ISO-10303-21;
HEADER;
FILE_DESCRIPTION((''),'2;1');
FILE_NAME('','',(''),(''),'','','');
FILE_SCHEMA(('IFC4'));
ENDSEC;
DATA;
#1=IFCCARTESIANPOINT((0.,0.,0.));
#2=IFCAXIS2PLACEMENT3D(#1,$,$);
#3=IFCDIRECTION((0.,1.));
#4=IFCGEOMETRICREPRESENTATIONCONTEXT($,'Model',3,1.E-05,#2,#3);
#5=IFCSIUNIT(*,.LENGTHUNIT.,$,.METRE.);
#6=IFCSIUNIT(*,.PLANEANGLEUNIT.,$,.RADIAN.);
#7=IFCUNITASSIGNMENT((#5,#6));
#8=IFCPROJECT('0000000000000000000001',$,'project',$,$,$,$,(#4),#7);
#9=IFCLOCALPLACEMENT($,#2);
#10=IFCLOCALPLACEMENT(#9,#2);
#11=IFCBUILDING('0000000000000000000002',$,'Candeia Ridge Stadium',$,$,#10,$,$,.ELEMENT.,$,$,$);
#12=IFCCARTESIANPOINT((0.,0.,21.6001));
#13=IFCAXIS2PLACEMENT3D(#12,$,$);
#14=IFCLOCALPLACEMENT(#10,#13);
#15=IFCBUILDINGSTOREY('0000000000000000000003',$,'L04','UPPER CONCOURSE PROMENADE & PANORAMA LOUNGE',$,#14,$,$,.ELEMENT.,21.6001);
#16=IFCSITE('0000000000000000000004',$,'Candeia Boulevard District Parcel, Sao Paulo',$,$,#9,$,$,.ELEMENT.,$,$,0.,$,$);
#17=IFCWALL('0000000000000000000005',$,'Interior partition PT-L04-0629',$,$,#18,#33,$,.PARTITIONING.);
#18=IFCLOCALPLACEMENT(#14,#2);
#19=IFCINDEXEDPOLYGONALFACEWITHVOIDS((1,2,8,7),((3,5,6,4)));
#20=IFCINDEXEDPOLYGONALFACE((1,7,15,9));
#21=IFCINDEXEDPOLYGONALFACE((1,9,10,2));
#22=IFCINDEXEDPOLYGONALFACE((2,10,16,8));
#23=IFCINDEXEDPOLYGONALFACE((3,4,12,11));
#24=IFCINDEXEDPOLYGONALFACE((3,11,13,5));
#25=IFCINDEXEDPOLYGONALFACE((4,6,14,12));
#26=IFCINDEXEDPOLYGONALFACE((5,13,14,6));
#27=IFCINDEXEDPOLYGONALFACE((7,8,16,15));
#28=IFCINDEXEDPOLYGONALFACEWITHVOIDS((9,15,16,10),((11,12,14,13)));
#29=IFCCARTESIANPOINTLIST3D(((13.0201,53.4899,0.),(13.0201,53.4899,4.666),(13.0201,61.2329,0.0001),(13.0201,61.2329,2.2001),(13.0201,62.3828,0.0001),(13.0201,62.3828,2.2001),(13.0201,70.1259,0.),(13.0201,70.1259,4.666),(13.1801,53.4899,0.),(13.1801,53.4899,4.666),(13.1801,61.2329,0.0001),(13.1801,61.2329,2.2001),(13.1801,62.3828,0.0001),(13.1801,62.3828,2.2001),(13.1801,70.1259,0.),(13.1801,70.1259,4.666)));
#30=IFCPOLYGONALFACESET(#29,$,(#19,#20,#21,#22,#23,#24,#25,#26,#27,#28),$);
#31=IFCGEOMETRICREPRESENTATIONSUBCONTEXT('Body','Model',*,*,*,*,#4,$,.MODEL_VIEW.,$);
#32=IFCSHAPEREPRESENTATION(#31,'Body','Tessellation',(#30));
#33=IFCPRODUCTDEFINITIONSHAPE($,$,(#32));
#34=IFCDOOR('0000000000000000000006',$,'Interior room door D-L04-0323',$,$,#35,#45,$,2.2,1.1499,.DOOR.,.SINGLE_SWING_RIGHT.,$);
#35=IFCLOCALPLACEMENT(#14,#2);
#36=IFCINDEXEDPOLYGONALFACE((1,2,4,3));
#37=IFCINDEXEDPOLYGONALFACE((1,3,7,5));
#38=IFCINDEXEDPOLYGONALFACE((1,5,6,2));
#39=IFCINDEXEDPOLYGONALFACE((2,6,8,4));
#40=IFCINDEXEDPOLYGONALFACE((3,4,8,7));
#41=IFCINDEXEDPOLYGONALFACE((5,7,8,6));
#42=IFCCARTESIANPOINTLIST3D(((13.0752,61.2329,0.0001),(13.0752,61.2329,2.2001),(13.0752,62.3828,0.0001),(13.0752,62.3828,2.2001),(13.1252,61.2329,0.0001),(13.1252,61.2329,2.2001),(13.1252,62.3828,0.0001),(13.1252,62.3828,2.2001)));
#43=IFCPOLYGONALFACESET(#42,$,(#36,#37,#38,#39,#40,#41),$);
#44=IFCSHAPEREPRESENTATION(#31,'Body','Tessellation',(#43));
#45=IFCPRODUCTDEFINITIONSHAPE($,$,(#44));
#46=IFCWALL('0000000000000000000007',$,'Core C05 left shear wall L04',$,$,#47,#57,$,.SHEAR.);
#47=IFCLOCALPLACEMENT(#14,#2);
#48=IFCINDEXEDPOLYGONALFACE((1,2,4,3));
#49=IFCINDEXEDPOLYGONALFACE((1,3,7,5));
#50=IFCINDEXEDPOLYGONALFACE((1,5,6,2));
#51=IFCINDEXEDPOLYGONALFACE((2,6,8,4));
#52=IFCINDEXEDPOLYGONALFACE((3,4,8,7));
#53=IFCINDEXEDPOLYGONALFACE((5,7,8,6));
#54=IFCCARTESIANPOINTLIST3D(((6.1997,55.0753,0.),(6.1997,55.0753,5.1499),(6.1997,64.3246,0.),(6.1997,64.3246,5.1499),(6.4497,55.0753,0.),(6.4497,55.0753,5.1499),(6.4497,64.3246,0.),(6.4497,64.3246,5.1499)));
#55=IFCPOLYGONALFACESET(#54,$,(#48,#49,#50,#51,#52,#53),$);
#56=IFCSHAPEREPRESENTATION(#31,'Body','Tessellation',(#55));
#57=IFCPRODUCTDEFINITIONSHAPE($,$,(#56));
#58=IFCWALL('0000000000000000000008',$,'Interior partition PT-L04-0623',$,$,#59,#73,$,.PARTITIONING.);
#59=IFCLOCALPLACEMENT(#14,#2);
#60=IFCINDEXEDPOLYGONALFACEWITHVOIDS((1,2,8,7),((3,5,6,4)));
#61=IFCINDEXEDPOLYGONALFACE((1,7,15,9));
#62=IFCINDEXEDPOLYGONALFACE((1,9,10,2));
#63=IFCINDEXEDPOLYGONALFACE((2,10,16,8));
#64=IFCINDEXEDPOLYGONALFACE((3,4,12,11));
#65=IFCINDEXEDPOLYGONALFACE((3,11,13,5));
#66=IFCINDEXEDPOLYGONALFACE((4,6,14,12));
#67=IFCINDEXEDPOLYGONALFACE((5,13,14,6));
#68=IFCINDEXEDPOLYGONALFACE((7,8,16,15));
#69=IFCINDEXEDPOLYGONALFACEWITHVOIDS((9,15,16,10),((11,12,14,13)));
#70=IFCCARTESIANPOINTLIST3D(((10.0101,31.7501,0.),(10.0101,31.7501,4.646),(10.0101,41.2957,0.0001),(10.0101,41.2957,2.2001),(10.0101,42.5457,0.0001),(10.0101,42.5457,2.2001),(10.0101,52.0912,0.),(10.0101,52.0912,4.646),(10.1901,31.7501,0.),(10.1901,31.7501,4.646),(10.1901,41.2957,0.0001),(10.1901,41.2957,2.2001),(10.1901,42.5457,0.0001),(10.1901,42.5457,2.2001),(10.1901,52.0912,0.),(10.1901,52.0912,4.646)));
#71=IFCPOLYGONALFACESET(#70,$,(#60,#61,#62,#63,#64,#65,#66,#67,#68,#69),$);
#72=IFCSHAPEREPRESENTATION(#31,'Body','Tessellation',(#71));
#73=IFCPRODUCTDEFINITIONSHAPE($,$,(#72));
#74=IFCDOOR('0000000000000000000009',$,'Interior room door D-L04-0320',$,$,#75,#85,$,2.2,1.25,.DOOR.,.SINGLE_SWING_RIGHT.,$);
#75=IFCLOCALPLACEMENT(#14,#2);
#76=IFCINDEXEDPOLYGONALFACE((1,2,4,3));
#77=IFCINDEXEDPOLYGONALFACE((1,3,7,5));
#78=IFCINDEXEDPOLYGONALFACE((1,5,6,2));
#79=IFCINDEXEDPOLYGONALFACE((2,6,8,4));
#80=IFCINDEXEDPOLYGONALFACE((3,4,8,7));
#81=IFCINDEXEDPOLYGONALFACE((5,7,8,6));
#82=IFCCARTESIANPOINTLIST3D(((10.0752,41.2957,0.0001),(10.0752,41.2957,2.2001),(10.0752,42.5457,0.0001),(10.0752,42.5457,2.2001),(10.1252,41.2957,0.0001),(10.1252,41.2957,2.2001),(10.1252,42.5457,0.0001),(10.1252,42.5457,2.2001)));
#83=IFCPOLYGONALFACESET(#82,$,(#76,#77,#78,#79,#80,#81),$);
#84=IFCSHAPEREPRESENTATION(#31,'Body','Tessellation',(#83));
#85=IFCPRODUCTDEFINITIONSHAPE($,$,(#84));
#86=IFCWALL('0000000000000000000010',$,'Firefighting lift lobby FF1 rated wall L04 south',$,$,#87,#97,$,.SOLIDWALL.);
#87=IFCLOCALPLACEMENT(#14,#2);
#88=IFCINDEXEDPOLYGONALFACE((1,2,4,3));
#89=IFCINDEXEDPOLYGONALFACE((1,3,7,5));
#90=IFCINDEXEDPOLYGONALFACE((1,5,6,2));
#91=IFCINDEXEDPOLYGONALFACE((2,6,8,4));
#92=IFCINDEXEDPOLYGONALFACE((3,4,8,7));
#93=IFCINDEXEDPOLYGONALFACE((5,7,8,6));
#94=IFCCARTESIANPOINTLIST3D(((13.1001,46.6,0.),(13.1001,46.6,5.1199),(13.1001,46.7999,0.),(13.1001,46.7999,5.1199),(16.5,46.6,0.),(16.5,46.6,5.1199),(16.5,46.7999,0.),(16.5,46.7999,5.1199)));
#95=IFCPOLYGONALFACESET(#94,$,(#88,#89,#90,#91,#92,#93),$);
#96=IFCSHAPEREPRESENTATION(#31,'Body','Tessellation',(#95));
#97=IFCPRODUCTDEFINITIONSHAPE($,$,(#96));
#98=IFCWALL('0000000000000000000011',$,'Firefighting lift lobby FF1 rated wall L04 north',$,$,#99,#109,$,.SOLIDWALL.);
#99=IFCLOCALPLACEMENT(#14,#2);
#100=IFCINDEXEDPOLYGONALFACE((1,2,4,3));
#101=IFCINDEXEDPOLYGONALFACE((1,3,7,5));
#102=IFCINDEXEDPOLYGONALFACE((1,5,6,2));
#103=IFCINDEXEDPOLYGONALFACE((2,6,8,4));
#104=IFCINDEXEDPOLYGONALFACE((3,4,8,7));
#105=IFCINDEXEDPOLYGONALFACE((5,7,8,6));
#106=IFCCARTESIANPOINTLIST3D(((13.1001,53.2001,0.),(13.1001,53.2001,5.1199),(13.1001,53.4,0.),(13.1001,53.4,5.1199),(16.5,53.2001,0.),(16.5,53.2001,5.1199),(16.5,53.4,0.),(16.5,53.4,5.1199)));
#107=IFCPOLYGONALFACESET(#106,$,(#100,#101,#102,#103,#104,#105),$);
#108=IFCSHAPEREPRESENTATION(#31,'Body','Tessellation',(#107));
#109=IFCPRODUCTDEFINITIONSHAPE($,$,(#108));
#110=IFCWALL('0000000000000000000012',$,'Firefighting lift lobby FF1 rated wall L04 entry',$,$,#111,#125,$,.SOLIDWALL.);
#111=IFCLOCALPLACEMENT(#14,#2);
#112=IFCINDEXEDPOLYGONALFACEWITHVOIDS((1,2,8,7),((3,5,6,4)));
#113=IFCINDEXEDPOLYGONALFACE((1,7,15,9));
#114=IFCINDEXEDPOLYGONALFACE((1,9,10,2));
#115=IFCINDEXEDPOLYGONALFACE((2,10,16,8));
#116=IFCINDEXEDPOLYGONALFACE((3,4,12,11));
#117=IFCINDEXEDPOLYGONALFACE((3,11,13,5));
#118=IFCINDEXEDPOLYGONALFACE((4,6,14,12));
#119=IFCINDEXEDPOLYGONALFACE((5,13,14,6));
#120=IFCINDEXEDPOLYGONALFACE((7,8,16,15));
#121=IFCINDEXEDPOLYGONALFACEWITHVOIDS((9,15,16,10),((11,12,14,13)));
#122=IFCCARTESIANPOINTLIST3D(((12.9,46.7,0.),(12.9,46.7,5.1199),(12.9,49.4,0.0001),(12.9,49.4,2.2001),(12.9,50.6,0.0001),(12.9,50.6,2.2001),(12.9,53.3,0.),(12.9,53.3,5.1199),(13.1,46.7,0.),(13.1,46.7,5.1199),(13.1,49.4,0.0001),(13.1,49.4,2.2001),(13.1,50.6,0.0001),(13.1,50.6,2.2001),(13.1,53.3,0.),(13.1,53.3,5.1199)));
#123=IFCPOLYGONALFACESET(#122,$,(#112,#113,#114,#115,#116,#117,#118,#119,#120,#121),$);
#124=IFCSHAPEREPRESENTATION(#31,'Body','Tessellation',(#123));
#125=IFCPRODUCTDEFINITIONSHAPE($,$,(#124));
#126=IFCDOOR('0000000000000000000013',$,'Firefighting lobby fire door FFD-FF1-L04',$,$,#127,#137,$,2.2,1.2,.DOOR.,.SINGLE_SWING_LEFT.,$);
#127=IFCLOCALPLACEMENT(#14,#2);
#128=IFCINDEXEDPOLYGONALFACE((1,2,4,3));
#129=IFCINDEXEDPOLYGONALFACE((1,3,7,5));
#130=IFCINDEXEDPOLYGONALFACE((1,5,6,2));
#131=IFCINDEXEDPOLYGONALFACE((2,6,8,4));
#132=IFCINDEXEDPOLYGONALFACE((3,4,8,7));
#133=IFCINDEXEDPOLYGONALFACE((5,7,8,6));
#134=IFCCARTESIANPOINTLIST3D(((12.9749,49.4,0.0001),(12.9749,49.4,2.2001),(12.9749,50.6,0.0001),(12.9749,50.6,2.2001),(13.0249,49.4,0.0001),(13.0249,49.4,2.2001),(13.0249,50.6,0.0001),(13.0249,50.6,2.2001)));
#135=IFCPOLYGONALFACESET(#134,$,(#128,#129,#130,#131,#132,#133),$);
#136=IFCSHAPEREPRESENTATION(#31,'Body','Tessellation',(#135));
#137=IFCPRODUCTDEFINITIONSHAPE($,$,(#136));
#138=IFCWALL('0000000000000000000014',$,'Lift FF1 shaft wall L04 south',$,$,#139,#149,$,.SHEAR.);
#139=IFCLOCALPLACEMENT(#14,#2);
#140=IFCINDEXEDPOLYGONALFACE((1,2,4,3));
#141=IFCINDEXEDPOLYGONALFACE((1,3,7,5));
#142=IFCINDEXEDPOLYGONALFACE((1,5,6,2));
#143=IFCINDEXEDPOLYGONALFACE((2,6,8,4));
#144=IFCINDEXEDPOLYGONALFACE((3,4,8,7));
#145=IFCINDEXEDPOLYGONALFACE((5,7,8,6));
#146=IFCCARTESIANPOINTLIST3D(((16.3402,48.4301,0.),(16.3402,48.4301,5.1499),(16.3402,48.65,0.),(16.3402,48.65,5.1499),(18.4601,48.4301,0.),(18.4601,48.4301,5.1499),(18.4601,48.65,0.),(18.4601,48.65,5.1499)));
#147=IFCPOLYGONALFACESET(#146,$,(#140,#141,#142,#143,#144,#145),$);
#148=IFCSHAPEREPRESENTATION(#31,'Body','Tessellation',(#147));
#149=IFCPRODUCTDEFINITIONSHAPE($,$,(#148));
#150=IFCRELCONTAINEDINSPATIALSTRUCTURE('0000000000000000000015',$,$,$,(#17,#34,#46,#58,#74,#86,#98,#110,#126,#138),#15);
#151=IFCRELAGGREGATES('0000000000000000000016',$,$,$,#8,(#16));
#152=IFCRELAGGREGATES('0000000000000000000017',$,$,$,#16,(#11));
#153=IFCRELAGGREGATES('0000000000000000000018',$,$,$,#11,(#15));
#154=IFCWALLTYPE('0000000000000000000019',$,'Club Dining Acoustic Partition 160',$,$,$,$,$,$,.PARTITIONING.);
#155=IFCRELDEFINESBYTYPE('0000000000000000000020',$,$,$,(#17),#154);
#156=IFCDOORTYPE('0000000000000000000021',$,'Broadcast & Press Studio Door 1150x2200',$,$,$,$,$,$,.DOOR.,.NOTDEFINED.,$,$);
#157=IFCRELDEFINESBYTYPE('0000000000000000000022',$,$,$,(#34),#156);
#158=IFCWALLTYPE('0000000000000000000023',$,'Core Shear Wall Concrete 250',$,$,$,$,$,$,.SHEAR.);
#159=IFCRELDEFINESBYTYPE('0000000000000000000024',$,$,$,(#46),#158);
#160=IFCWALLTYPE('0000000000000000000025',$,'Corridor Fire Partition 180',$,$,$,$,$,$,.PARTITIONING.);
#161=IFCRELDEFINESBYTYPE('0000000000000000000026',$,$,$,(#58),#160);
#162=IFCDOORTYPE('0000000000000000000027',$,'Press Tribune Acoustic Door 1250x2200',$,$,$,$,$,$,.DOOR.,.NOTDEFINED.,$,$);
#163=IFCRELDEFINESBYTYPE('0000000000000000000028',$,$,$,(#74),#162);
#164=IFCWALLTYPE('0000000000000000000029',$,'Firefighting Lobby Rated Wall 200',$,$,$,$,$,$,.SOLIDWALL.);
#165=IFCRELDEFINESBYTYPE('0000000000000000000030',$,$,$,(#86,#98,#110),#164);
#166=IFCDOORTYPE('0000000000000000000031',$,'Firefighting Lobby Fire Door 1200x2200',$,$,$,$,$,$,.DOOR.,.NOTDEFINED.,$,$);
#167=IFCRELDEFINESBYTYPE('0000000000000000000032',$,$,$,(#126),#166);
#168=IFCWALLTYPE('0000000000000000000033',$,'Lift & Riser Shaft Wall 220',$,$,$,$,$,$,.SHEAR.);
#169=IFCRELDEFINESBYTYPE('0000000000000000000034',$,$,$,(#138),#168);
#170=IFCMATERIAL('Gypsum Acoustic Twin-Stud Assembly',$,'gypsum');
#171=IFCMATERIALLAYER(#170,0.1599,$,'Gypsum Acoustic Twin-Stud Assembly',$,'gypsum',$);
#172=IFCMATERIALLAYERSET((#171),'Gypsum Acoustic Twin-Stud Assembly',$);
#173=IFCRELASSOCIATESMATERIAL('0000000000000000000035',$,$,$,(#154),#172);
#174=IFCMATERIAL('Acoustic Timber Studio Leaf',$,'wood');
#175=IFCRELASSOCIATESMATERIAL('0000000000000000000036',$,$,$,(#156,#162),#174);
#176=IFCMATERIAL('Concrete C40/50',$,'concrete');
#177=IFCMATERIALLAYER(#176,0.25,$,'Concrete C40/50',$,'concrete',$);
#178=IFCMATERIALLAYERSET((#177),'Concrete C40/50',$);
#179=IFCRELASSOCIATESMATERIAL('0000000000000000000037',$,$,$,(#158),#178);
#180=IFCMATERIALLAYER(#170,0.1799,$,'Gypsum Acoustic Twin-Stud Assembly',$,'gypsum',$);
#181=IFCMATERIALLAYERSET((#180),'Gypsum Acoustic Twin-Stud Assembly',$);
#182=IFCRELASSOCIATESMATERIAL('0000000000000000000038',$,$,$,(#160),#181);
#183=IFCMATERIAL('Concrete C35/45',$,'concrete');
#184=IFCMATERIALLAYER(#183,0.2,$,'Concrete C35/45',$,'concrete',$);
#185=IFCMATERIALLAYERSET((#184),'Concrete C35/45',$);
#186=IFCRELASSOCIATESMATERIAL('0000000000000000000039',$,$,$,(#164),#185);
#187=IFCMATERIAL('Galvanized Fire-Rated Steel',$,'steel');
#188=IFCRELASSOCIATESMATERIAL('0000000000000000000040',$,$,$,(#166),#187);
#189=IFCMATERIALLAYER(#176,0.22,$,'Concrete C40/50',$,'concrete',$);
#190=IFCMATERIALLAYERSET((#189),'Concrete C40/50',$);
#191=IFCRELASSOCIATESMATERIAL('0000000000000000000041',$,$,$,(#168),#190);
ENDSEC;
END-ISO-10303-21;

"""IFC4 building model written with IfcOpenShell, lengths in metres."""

from ifc_helpers import new_model, si_unit, direction, frame, frame_2d, origin, place, context, subcontext, project, spatial, rectangle, extrude, material, layer, layer_set, type_object, element, fill, save


model = new_model("IFC4")

# Units and contexts
model_context = context("Model", 3, precision=1e-05, world=origin(), true_north=direction((0.0, 1.0)))
body_context = subcontext(model_context, "Body", "Model", "MODEL_VIEW")
ifc_project = project(units=[si_unit("LENGTHUNIT", "METRE"), si_unit("PLANEANGLEUNIT", "RADIAN")], contexts=[model_context])

# Site, building, storey
site_placement = place(None, origin())
site = spatial("IfcSite", under=ifc_project, at=site_placement, Name="Candeia Boulevard District Parcel, Sao Paulo", CompositionType="ELEMENT", RefElevation=0.0)
building_placement = place(site_placement, origin())
building = spatial("IfcBuilding", under=site, at=building_placement, Name="Candeia Ridge Stadium", CompositionType="ELEMENT")
storey_placement = place(building_placement, frame((0.0, 0.0, 21.6001)))
storey = spatial("IfcBuildingStorey", under=building, at=storey_placement, Name="L04", Description="UPPER CONCOURSE PROMENADE & PANORAMA LOUNGE", CompositionType="ELEMENT", Elevation=21.6001)

# Shared definitions
ifc_material_1 = material(Name="Concrete C40/50", Category="concrete")

# Wall, opening, door
ifc_material_2 = material(Name="Gypsum Acoustic Twin-Stud Assembly", Category="gypsum")
ifc_layer_1 = layer(ifc_material_2, 0.1599, Name="Gypsum Acoustic Twin-Stud Assembly", Category="gypsum")
ifc_layer_set_1 = layer_set([ifc_layer_1], Name="Gypsum Acoustic Twin-Stud Assembly")
wall_type_1 = type_object("IfcWallType", Name="Club Dining Acoustic Partition 160", PredefinedType="PARTITIONING", material=ifc_layer_set_1)
wall_1_placement = place(storey_placement, frame((13.1001, 53.49, 0.0), z_axis=(0.0, 0.0, 1.0), x_axis=(0.0, 1.0, 0.0)))
wall_1 = element("IfcWall", 1, at=wall_1_placement, inside=storey, type_object=wall_type_1, Name="Interior partition PT-L04-0629", PredefinedType="PARTITIONING", context=body_context, shape_type="SweptSolid", body=[
    extrude(rectangle(XDim=16.636, YDim=0.1599, at=frame_2d((8.3179, 0.0))), origin(), (0.0, 0.0, 1.0), 4.666),
])
opening_1_placement = place(wall_1_placement, frame((7.7429, 0.0, 0.0)))
opening_1 = element("IfcOpeningElement", 2, at=opening_1_placement, cuts=wall_1, PredefinedType="OPENING", context=body_context, shape_type="SweptSolid", body=[
    extrude(rectangle(XDim=1.1499, YDim=2.2, at=frame_2d((0.575, 1.1001))), frame((0.0, 0.0898, 0.0), z_axis=(0.0, -1.0, 0.0), x_axis=(1.0, 0.0, 0.0)), (0.0, 0.0, 1.0), 0.1799),
])
ifc_material_3 = material(Name="Acoustic Timber Studio Leaf", Category="wood")
door_type_1 = type_object("IfcDoorType", Name="Broadcast & Press Studio Door 1150x2200", OperationType="NOTDEFINED", PredefinedType="DOOR", material=ifc_material_3)
door_1_placement = place(opening_1_placement, origin())
door_1 = element("IfcDoor", 3, at=door_1_placement, inside=storey, type_object=door_type_1, Name="Interior room door D-L04-0323", OperationType="SINGLE_SWING_RIGHT", OverallHeight=2.2, OverallWidth=1.1499, PredefinedType="DOOR", context=body_context, shape_type="SweptSolid", body=[
    extrude(rectangle(XDim=1.1499, YDim=2.2, at=frame_2d((0.575, 1.1001))), frame((0.0, 0.0249, 0.0), z_axis=(0.0, -1.0, 0.0), x_axis=(1.0, 0.0, 0.0)), (0.0, 0.0, 1.0), 0.05),
])
fill(opening_1, door_1)

# Wall
ifc_layer_2 = layer(ifc_material_1, 0.25, Name="Concrete C40/50", Category="concrete")
ifc_layer_set_2 = layer_set([ifc_layer_2], Name="Concrete C40/50")
wall_type_2 = type_object("IfcWallType", Name="Core Shear Wall Concrete 250", PredefinedType="SHEAR", material=ifc_layer_set_2)
wall_2_placement = place(storey_placement, frame((6.3247, 55.0754, 0.0), z_axis=(0.0, 0.0, 1.0), x_axis=(0.0, 1.0, 0.0)))
element("IfcWall", 4, at=wall_2_placement, inside=storey, type_object=wall_type_2, Name="Core C05 left shear wall L04", PredefinedType="SHEAR", context=body_context, shape_type="SweptSolid", body=[
    extrude(rectangle(XDim=9.2493, YDim=0.25, at=frame_2d((4.6245, 0.0))), origin(), (0.0, 0.0, 1.0), 5.1499),
])

# Wall, opening, door
ifc_layer_3 = layer(ifc_material_2, 0.1799, Name="Gypsum Acoustic Twin-Stud Assembly", Category="gypsum")
ifc_layer_set_3 = layer_set([ifc_layer_3], Name="Gypsum Acoustic Twin-Stud Assembly")
wall_type_3 = type_object("IfcWallType", Name="Corridor Fire Partition 180", PredefinedType="PARTITIONING", material=ifc_layer_set_3)
wall_3_placement = place(storey_placement, frame((10.1001, 52.0911, 0.0), z_axis=(0.0, 0.0, 1.0), x_axis=(0.0, -1.0, 0.0)))
wall_3 = element("IfcWall", 5, at=wall_3_placement, inside=storey, type_object=wall_type_3, Name="Interior partition PT-L04-0623", PredefinedType="PARTITIONING", context=body_context, shape_type="SweptSolid", body=[
    extrude(rectangle(XDim=20.3411, YDim=0.1799, at=frame_2d((10.1704, 0.0))), origin(), (0.0, 0.0, 1.0), 4.646),
])
opening_2_placement = place(wall_3_placement, frame((9.5454, 0.0, 0.0)))
opening_2 = element("IfcOpeningElement", 6, at=opening_2_placement, cuts=wall_3, PredefinedType="OPENING", context=body_context, shape_type="SweptSolid", body=[
    extrude(rectangle(XDim=1.25, YDim=2.2, at=frame_2d((0.625, 1.1001))), frame((0.0, 0.0999, 0.0), z_axis=(0.0, -1.0, 0.0), x_axis=(1.0, 0.0, 0.0)), (0.0, 0.0, 1.0), 0.2),
])
door_type_2 = type_object("IfcDoorType", Name="Press Tribune Acoustic Door 1250x2200", OperationType="NOTDEFINED", PredefinedType="DOOR", material=ifc_material_3)
door_2_placement = place(opening_2_placement, frame((1.25, 0.0, 0.0), z_axis=(0.0, 0.0, 1.0), x_axis=(-1.0, 0.0, 0.0)))
door_2 = element("IfcDoor", 7, at=door_2_placement, inside=storey, type_object=door_type_2, Name="Interior room door D-L04-0320", OperationType="SINGLE_SWING_RIGHT", OverallHeight=2.2, OverallWidth=1.25, PredefinedType="DOOR", context=body_context, shape_type="SweptSolid", body=[
    extrude(rectangle(XDim=1.25, YDim=2.2, at=frame_2d((0.625, 1.1001))), frame((0.0, 0.0249, 0.0), z_axis=(0.0, -1.0, 0.0), x_axis=(1.0, 0.0, 0.0)), (0.0, 0.0, 1.0), 0.05),
])
fill(opening_2, door_2)

# Walls
ifc_material_4 = material(Name="Concrete C35/45", Category="concrete")
ifc_layer_4 = layer(ifc_material_4, 0.2, Name="Concrete C35/45", Category="concrete")
ifc_layer_set_4 = layer_set([ifc_layer_4], Name="Concrete C35/45")
wall_type_4 = type_object("IfcWallType", Name="Firefighting Lobby Rated Wall 200", PredefinedType="SOLIDWALL", material=ifc_layer_set_4)
for number, where, z_axis, x_axis, name in (
    (8, (13.1001, 46.7, 0.0), (0.0, 0.0, 1.0), (1.0, 0.0, 0.0), "Firefighting lift lobby FF1 rated wall L04 south"),
    (9, (16.5, 53.3, 0.0), (0.0, 0.0, 1.0), (-1.0, 0.0, 0.0), "Firefighting lift lobby FF1 rated wall L04 north"),
):
    element("IfcWall", number, at=place(storey_placement, frame(where, z_axis=z_axis, x_axis=x_axis)), inside=storey, type_object=wall_type_4, Name=name, PredefinedType="SOLIDWALL", context=body_context, shape_type="SweptSolid", body=[
        extrude(rectangle(XDim=3.3999, YDim=0.2, at=frame_2d((1.7, 0.0))), origin(), (0.0, 0.0, 1.0), 5.1199),
    ])

# Wall, opening, door
wall_4_placement = place(storey_placement, frame((13.0, 53.3, 0.0), z_axis=(0.0, 0.0, 1.0), x_axis=(0.0, -1.0, 0.0)))
wall_4 = element("IfcWall", 10, at=wall_4_placement, inside=storey, type_object=wall_type_4, Name="Firefighting lift lobby FF1 rated wall L04 entry", PredefinedType="SOLIDWALL", context=body_context, shape_type="SweptSolid", body=[
    extrude(rectangle(XDim=6.6001, YDim=0.2, at=frame_2d((3.3, 0.0))), origin(), (0.0, 0.0, 1.0), 5.1199),
])
opening_3_placement = place(wall_4_placement, frame((2.7, 0.0, 0.0)))
opening_3 = element("IfcOpeningElement", 11, at=opening_3_placement, cuts=wall_4, PredefinedType="OPENING", context=body_context, shape_type="SweptSolid", body=[
    extrude(rectangle(XDim=1.2, YDim=2.2, at=frame_2d((0.6001, 1.1001))), frame((0.0, 0.1099, 0.0), z_axis=(0.0, -1.0, 0.0), x_axis=(1.0, 0.0, 0.0)), (0.0, 0.0, 1.0), 0.22),
])
ifc_material_5 = material(Name="Galvanized Fire-Rated Steel", Category="steel")
door_type_3 = type_object("IfcDoorType", Name="Firefighting Lobby Fire Door 1200x2200", OperationType="NOTDEFINED", PredefinedType="DOOR", material=ifc_material_5)
door_3_placement = place(opening_3_placement, origin())
door_3 = element("IfcDoor", 12, at=door_3_placement, inside=storey, type_object=door_type_3, Name="Firefighting lobby fire door FFD-FF1-L04", OperationType="SINGLE_SWING_LEFT", OverallHeight=2.2, OverallWidth=1.2, PredefinedType="DOOR", context=body_context, shape_type="SweptSolid", body=[
    extrude(rectangle(XDim=1.2, YDim=2.2, at=frame_2d((0.6001, 1.1001))), frame((0.0, 0.0249, 0.0), z_axis=(0.0, -1.0, 0.0), x_axis=(1.0, 0.0, 0.0)), (0.0, 0.0, 1.0), 0.05),
])
fill(opening_3, door_3)

# Wall
ifc_layer_5 = layer(ifc_material_1, 0.22, Name="Concrete C40/50", Category="concrete")
ifc_layer_set_5 = layer_set([ifc_layer_5], Name="Concrete C40/50")
wall_type_5 = type_object("IfcWallType", Name="Lift & Riser Shaft Wall 220", PredefinedType="SHEAR", material=ifc_layer_set_5)
wall_5_placement = place(storey_placement, frame((16.3401, 48.54, 0.0), z_axis=(0.0, 0.0, 1.0), x_axis=(1.0, 0.0, 0.0)))
element("IfcWall", 13, at=wall_5_placement, inside=storey, type_object=wall_type_5, Name="Lift FF1 shaft wall L04 south", PredefinedType="SHEAR", context=body_context, shape_type="SweptSolid", body=[
    extrude(rectangle(XDim=2.1199, YDim=0.22, at=frame_2d((1.0601, 0.0))), origin(), (0.0, 0.0, 1.0), 5.1499),
])

save(model, "model.ifc")
